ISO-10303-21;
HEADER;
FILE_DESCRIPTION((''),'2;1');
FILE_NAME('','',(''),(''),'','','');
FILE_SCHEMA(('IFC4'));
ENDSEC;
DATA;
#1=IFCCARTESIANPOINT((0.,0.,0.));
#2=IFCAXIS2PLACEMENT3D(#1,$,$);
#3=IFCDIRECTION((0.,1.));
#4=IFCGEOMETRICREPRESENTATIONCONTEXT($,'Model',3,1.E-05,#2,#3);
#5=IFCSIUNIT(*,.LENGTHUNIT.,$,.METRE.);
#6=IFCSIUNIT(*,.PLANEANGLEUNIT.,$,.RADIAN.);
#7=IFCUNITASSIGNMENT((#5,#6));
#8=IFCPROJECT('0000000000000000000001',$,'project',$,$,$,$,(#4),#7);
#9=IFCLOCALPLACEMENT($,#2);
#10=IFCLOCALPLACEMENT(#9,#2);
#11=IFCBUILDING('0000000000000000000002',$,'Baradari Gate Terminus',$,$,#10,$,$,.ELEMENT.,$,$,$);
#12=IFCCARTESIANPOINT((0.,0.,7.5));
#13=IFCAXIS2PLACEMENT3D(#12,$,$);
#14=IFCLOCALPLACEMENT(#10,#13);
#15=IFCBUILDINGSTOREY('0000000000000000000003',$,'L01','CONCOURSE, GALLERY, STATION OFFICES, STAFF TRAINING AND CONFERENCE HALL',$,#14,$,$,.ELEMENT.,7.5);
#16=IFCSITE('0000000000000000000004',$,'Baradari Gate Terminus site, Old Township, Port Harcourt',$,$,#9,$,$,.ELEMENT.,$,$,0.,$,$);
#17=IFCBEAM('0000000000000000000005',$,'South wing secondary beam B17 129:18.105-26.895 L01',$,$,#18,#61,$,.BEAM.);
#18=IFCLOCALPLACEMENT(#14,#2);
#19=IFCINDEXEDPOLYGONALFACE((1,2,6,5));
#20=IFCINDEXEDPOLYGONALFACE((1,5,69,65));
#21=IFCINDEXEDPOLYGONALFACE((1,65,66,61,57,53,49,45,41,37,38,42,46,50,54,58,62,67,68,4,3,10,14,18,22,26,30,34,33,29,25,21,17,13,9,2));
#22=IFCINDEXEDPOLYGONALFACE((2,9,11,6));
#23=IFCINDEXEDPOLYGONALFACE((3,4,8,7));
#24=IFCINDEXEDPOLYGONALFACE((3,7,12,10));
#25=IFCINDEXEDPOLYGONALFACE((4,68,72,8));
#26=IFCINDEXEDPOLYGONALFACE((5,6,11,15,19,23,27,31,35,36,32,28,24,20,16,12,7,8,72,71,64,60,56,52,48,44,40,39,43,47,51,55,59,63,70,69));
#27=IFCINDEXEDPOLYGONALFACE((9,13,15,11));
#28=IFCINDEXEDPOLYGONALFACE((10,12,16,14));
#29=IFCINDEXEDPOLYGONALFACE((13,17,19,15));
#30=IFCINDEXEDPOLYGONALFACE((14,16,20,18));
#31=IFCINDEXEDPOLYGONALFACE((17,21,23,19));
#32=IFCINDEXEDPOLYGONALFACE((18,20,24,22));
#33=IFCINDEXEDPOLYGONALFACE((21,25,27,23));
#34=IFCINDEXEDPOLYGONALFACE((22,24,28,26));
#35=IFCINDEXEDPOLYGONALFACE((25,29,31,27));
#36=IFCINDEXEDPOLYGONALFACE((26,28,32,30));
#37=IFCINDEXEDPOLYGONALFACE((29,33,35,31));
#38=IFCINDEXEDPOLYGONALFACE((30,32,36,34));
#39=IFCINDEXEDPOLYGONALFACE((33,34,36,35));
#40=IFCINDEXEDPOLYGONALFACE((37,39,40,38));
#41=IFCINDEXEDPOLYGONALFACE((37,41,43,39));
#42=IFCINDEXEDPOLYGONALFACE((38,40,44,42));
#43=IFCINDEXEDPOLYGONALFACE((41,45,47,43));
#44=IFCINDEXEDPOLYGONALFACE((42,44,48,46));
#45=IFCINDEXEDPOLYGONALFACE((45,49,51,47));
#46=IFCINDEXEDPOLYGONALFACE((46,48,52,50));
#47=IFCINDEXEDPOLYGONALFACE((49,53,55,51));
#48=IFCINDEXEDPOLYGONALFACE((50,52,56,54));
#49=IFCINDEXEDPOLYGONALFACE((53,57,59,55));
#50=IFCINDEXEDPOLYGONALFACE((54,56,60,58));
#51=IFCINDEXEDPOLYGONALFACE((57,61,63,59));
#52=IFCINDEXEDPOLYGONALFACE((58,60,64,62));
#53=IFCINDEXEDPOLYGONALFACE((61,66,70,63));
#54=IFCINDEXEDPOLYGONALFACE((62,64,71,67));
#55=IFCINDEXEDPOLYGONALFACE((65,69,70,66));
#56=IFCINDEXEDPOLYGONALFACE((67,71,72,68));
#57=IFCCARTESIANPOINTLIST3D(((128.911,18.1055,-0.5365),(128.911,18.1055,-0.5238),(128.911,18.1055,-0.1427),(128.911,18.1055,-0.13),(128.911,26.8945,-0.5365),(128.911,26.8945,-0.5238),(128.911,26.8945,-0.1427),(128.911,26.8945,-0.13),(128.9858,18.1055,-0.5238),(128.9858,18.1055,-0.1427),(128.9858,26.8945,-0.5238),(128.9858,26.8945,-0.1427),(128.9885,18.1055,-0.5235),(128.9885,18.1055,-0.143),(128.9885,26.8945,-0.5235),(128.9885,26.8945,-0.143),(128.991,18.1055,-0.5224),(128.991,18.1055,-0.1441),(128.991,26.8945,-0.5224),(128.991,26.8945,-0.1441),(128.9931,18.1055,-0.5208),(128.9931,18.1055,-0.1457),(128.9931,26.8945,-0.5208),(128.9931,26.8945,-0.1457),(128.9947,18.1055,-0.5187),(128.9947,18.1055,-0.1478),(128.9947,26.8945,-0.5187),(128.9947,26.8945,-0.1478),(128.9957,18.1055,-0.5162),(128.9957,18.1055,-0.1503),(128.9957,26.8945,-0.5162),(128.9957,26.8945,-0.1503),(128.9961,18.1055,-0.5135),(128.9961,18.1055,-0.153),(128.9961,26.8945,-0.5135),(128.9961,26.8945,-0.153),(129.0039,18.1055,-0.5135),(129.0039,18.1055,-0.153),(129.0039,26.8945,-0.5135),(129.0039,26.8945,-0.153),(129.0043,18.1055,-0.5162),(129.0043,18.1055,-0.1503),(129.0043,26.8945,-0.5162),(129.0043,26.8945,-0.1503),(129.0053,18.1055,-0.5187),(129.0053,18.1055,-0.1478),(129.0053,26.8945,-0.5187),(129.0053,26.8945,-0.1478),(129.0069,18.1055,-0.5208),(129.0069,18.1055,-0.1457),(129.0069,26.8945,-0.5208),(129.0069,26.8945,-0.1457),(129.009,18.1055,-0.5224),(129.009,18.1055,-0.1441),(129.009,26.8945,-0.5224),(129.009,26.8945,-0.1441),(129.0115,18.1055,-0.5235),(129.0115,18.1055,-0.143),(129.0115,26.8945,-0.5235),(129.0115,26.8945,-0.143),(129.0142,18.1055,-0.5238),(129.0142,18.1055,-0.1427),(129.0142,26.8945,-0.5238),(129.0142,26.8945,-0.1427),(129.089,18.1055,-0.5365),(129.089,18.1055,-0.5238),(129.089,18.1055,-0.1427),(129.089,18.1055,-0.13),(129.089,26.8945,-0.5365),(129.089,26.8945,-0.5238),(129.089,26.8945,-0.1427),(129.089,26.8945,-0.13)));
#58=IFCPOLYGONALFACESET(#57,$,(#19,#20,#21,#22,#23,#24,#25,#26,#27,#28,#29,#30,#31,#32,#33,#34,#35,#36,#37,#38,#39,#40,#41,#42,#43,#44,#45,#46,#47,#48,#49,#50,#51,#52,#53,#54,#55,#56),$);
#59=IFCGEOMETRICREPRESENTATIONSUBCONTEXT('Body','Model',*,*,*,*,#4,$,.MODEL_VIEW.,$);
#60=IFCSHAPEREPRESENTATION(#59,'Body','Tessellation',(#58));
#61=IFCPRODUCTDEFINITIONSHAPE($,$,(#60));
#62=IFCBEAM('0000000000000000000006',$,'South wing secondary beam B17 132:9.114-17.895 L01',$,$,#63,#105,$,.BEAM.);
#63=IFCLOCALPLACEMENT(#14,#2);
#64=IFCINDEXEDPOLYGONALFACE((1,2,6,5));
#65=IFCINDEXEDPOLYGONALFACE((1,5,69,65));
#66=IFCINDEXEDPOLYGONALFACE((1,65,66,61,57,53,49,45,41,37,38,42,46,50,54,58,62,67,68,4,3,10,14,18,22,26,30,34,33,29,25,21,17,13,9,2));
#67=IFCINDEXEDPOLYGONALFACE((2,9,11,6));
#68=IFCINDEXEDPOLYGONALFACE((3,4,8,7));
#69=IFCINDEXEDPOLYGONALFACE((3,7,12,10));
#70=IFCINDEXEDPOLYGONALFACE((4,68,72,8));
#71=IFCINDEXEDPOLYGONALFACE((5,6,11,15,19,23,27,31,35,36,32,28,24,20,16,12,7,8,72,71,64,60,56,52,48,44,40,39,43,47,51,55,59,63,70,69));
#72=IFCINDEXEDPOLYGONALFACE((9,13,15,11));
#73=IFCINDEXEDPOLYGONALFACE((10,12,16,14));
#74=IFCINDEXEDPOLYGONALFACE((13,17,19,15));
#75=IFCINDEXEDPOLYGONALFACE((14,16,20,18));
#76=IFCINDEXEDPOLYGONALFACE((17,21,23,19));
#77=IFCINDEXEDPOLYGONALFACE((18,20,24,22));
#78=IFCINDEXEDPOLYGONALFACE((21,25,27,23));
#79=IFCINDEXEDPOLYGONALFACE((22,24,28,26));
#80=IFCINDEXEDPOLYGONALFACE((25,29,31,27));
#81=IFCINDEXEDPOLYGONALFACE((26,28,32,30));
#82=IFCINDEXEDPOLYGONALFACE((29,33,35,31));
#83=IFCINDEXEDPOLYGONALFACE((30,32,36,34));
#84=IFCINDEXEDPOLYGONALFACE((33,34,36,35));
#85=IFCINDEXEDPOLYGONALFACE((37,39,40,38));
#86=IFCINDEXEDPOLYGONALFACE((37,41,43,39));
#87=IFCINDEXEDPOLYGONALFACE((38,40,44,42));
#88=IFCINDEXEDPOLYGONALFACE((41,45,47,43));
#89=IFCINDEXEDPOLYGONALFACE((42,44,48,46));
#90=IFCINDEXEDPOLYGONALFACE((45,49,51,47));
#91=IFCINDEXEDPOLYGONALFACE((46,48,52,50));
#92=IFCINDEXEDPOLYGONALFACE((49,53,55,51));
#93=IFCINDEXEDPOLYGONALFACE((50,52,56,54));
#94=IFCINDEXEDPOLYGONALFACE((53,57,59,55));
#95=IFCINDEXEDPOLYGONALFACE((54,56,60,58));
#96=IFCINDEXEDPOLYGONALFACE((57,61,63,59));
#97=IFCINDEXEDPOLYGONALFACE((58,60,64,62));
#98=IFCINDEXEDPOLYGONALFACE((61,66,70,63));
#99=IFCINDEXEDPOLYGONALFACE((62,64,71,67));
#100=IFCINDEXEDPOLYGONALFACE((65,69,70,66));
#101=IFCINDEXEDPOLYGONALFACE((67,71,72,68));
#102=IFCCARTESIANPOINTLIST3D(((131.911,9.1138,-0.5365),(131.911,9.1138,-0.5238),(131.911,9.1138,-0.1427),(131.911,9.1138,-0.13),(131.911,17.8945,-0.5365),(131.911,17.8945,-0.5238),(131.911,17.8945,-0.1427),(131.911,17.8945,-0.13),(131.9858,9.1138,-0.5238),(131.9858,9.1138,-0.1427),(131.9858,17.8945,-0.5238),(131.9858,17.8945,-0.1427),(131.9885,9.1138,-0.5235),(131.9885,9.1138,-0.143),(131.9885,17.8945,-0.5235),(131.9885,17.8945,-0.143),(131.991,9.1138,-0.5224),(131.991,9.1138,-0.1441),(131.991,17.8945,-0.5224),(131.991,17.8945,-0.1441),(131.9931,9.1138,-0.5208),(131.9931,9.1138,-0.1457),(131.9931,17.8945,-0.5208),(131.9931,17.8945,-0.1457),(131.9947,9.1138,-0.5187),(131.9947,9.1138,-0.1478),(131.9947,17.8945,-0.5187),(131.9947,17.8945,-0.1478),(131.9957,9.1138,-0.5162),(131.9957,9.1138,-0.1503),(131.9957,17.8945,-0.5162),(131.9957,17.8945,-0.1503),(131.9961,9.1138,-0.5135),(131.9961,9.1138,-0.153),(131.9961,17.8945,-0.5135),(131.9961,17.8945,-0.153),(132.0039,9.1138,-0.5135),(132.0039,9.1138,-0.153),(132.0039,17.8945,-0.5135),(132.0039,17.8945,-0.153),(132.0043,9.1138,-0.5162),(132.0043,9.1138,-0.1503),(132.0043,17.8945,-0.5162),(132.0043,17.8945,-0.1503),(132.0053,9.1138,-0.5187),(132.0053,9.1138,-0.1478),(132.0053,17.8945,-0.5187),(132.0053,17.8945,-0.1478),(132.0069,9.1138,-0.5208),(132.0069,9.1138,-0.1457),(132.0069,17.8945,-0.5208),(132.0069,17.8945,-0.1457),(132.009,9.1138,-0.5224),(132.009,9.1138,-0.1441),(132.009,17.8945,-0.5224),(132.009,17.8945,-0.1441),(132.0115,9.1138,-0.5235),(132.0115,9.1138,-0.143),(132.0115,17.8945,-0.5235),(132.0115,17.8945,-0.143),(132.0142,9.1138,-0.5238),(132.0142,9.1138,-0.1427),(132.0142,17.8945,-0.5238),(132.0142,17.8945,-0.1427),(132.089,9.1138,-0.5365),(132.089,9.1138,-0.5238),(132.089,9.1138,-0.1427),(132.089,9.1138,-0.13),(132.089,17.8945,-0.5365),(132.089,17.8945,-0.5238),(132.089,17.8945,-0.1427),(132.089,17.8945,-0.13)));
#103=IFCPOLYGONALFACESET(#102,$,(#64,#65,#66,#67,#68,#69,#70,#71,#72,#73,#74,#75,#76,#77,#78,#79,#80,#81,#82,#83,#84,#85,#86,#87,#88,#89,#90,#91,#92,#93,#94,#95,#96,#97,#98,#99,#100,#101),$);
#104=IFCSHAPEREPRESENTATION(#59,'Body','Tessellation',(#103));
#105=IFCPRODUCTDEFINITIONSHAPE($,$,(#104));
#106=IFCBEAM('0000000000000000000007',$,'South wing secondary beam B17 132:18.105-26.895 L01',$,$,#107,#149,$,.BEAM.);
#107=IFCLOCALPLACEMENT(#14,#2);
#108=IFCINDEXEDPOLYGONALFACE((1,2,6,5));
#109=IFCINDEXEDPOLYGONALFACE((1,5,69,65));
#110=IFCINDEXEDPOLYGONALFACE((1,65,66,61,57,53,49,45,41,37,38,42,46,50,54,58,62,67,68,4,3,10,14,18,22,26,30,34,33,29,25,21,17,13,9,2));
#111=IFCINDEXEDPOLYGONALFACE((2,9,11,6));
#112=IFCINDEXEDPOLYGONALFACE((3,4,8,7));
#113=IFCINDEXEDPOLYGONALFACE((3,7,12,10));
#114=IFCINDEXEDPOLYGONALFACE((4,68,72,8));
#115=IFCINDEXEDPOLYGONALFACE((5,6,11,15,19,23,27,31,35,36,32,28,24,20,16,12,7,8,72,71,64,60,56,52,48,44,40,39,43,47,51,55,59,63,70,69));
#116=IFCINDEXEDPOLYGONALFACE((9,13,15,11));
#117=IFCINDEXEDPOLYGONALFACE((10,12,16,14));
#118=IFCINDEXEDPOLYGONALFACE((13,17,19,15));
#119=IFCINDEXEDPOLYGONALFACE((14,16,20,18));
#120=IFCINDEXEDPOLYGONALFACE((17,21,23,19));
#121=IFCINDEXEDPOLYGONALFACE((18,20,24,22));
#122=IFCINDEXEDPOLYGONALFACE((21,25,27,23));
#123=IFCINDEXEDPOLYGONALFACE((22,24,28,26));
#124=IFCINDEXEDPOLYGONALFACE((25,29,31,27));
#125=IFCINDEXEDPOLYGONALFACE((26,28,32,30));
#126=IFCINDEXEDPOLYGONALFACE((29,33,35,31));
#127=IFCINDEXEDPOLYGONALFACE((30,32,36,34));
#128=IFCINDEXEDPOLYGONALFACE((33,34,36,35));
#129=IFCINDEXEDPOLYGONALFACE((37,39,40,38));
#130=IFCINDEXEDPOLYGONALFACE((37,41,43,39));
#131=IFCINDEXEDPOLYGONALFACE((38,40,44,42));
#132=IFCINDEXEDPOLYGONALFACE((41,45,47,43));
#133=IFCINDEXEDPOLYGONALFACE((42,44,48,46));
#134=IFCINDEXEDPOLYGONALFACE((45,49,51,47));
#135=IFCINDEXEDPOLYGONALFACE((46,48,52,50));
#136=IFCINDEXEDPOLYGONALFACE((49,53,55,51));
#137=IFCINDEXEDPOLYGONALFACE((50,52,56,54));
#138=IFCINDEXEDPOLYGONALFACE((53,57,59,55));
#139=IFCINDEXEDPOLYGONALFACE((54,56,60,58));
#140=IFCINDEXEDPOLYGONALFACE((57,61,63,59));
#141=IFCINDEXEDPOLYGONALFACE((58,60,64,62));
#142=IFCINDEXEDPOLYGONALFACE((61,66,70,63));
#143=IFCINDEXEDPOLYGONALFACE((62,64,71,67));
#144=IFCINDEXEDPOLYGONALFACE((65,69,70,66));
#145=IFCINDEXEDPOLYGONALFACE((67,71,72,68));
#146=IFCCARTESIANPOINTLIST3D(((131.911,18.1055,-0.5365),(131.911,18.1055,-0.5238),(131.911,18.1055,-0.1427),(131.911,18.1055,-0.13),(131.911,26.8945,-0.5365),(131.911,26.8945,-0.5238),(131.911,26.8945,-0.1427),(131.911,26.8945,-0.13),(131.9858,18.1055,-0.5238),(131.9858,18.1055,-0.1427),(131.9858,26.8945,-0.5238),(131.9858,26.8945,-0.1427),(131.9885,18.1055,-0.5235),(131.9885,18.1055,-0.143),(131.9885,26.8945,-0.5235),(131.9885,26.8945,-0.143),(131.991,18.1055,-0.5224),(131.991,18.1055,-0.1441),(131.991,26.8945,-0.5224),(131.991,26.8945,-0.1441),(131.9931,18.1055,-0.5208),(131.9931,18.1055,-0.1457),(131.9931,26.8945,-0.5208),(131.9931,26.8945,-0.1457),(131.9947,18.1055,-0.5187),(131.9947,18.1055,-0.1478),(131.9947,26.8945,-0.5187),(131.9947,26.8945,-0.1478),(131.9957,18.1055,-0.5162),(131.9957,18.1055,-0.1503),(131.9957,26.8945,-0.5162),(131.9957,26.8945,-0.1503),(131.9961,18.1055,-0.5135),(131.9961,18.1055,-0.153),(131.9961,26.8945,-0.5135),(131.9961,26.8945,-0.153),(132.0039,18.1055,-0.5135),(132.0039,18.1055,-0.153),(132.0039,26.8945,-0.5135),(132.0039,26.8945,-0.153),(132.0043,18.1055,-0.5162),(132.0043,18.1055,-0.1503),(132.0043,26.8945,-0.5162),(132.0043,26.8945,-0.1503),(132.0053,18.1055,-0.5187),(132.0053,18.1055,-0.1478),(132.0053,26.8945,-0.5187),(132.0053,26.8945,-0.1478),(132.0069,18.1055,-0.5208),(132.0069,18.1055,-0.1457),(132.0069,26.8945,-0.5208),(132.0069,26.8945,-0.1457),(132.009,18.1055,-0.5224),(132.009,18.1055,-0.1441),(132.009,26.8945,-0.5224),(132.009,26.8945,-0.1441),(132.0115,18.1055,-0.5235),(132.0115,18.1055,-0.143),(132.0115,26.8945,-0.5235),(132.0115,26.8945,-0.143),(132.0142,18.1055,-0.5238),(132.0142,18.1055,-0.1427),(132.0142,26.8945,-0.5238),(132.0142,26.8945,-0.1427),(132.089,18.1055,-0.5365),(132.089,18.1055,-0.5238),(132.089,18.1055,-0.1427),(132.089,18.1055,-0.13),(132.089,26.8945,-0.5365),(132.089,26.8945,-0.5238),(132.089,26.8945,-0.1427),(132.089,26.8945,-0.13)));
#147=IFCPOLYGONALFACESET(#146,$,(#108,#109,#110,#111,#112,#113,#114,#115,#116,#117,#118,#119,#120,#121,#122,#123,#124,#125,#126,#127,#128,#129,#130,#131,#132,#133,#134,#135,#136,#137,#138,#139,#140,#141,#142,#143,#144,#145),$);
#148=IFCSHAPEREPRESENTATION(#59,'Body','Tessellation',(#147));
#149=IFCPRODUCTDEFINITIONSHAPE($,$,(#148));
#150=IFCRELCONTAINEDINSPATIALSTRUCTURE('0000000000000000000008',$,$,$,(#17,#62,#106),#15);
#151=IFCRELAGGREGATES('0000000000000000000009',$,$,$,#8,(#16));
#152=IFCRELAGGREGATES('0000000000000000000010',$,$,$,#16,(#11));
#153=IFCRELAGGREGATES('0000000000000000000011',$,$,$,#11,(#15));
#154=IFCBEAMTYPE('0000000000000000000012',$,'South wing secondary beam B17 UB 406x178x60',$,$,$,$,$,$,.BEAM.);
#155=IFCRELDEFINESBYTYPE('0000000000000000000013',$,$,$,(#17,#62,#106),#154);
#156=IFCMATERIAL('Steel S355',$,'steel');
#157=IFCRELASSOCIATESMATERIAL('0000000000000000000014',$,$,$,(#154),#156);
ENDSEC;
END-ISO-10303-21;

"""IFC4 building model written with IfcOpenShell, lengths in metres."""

from ifc_helpers import new_model, si_unit, direction, frame, origin, origin_2d, place, context, subcontext, project, spatial, i_section, extrude, material, material_profile, profile_set, type_object, element, save


model = new_model("IFC4")

# Units and contexts
model_context = context("Model", 3, precision=1e-05, world=origin(), true_north=direction((0.0, 1.0)))
body_context = subcontext(model_context, "Body", "Model", "MODEL_VIEW")
ifc_project = project(units=[si_unit("LENGTHUNIT", "METRE"), si_unit("PLANEANGLEUNIT", "RADIAN")], contexts=[model_context])

# Site, building, storey
site_placement = place(None, origin())
site = spatial("IfcSite", under=ifc_project, at=site_placement, Name="Baradari Gate Terminus site, Old Township, Port Harcourt", CompositionType="ELEMENT", RefElevation=0.0)
building_placement = place(site_placement, origin())
building = spatial("IfcBuilding", under=site, at=building_placement, Name="Baradari Gate Terminus", CompositionType="ELEMENT")
storey_placement = place(building_placement, frame((0.0, 0.0, 7.5)))
storey = spatial("IfcBuildingStorey", under=building, at=storey_placement, Name="L01", Description="CONCOURSE, GALLERY, STATION OFFICES, STAFF TRAINING AND CONFERENCE HALL", CompositionType="ELEMENT", Elevation=7.5)

# Beams
ifc_material_1 = material(Name="Steel S355", Category="steel")
ifc_material_profile_1 = material_profile(ifc_material_1, i_section(OverallWidth=0.178, OverallDepth=0.4065, WebThickness=0.0078, FlangeThickness=0.0127, FilletRadius=0.0103, at=origin_2d()), Name="UB 406x178x60")
ifc_profile_set_1 = profile_set([ifc_material_profile_1], Name="Steel S355")
beam_type_1 = type_object("IfcBeamType", Name="South wing secondary beam B17 UB 406x178x60", PredefinedType="BEAM", material=ifc_profile_set_1)
beam_1_placement = place(storey_placement, frame((129.0, 18.1055, -0.3333), z_axis=(0.0, 1.0, 0.0), x_axis=(-1.0, 0.0, 0.0)))
element("IfcBeam", 1, at=beam_1_placement, inside=storey, type_object=beam_type_1, Name="South wing secondary beam B17 129:18.105-26.895 L01", PredefinedType="BEAM", context=body_context, shape_type="SweptSolid", body=[
    extrude(i_section(OverallWidth=0.178, OverallDepth=0.4065, WebThickness=0.0078, FlangeThickness=0.0127, FilletRadius=0.0103, at=origin_2d()), origin(), (0.0, 0.0, 1.0), 8.7891),
])
beam_2_placement = place(storey_placement, frame((132.0, 9.1138, -0.3333), z_axis=(0.0, 1.0, 0.0), x_axis=(-1.0, 0.0, 0.0)))
element("IfcBeam", 2, at=beam_2_placement, inside=storey, type_object=beam_type_1, Name="South wing secondary beam B17 132:9.114-17.895 L01", PredefinedType="BEAM", context=body_context, shape_type="SweptSolid", body=[
    extrude(i_section(OverallWidth=0.178, OverallDepth=0.4065, WebThickness=0.0078, FlangeThickness=0.0127, FilletRadius=0.0103, at=origin_2d()), origin(), (0.0, 0.0, 1.0), 8.7808),
])
beam_3_placement = place(storey_placement, frame((132.0, 18.1055, -0.3333), z_axis=(0.0, 1.0, 0.0), x_axis=(-1.0, 0.0, 0.0)))
element("IfcBeam", 3, at=beam_3_placement, inside=storey, type_object=beam_type_1, Name="South wing secondary beam B17 132:18.105-26.895 L01", PredefinedType="BEAM", context=body_context, shape_type="SweptSolid", body=[
    extrude(i_section(OverallWidth=0.178, OverallDepth=0.4065, WebThickness=0.0078, FlangeThickness=0.0127, FilletRadius=0.0103, at=origin_2d()), origin(), (0.0, 0.0, 1.0), 8.7891),
])

save(model, "model.ifc")
